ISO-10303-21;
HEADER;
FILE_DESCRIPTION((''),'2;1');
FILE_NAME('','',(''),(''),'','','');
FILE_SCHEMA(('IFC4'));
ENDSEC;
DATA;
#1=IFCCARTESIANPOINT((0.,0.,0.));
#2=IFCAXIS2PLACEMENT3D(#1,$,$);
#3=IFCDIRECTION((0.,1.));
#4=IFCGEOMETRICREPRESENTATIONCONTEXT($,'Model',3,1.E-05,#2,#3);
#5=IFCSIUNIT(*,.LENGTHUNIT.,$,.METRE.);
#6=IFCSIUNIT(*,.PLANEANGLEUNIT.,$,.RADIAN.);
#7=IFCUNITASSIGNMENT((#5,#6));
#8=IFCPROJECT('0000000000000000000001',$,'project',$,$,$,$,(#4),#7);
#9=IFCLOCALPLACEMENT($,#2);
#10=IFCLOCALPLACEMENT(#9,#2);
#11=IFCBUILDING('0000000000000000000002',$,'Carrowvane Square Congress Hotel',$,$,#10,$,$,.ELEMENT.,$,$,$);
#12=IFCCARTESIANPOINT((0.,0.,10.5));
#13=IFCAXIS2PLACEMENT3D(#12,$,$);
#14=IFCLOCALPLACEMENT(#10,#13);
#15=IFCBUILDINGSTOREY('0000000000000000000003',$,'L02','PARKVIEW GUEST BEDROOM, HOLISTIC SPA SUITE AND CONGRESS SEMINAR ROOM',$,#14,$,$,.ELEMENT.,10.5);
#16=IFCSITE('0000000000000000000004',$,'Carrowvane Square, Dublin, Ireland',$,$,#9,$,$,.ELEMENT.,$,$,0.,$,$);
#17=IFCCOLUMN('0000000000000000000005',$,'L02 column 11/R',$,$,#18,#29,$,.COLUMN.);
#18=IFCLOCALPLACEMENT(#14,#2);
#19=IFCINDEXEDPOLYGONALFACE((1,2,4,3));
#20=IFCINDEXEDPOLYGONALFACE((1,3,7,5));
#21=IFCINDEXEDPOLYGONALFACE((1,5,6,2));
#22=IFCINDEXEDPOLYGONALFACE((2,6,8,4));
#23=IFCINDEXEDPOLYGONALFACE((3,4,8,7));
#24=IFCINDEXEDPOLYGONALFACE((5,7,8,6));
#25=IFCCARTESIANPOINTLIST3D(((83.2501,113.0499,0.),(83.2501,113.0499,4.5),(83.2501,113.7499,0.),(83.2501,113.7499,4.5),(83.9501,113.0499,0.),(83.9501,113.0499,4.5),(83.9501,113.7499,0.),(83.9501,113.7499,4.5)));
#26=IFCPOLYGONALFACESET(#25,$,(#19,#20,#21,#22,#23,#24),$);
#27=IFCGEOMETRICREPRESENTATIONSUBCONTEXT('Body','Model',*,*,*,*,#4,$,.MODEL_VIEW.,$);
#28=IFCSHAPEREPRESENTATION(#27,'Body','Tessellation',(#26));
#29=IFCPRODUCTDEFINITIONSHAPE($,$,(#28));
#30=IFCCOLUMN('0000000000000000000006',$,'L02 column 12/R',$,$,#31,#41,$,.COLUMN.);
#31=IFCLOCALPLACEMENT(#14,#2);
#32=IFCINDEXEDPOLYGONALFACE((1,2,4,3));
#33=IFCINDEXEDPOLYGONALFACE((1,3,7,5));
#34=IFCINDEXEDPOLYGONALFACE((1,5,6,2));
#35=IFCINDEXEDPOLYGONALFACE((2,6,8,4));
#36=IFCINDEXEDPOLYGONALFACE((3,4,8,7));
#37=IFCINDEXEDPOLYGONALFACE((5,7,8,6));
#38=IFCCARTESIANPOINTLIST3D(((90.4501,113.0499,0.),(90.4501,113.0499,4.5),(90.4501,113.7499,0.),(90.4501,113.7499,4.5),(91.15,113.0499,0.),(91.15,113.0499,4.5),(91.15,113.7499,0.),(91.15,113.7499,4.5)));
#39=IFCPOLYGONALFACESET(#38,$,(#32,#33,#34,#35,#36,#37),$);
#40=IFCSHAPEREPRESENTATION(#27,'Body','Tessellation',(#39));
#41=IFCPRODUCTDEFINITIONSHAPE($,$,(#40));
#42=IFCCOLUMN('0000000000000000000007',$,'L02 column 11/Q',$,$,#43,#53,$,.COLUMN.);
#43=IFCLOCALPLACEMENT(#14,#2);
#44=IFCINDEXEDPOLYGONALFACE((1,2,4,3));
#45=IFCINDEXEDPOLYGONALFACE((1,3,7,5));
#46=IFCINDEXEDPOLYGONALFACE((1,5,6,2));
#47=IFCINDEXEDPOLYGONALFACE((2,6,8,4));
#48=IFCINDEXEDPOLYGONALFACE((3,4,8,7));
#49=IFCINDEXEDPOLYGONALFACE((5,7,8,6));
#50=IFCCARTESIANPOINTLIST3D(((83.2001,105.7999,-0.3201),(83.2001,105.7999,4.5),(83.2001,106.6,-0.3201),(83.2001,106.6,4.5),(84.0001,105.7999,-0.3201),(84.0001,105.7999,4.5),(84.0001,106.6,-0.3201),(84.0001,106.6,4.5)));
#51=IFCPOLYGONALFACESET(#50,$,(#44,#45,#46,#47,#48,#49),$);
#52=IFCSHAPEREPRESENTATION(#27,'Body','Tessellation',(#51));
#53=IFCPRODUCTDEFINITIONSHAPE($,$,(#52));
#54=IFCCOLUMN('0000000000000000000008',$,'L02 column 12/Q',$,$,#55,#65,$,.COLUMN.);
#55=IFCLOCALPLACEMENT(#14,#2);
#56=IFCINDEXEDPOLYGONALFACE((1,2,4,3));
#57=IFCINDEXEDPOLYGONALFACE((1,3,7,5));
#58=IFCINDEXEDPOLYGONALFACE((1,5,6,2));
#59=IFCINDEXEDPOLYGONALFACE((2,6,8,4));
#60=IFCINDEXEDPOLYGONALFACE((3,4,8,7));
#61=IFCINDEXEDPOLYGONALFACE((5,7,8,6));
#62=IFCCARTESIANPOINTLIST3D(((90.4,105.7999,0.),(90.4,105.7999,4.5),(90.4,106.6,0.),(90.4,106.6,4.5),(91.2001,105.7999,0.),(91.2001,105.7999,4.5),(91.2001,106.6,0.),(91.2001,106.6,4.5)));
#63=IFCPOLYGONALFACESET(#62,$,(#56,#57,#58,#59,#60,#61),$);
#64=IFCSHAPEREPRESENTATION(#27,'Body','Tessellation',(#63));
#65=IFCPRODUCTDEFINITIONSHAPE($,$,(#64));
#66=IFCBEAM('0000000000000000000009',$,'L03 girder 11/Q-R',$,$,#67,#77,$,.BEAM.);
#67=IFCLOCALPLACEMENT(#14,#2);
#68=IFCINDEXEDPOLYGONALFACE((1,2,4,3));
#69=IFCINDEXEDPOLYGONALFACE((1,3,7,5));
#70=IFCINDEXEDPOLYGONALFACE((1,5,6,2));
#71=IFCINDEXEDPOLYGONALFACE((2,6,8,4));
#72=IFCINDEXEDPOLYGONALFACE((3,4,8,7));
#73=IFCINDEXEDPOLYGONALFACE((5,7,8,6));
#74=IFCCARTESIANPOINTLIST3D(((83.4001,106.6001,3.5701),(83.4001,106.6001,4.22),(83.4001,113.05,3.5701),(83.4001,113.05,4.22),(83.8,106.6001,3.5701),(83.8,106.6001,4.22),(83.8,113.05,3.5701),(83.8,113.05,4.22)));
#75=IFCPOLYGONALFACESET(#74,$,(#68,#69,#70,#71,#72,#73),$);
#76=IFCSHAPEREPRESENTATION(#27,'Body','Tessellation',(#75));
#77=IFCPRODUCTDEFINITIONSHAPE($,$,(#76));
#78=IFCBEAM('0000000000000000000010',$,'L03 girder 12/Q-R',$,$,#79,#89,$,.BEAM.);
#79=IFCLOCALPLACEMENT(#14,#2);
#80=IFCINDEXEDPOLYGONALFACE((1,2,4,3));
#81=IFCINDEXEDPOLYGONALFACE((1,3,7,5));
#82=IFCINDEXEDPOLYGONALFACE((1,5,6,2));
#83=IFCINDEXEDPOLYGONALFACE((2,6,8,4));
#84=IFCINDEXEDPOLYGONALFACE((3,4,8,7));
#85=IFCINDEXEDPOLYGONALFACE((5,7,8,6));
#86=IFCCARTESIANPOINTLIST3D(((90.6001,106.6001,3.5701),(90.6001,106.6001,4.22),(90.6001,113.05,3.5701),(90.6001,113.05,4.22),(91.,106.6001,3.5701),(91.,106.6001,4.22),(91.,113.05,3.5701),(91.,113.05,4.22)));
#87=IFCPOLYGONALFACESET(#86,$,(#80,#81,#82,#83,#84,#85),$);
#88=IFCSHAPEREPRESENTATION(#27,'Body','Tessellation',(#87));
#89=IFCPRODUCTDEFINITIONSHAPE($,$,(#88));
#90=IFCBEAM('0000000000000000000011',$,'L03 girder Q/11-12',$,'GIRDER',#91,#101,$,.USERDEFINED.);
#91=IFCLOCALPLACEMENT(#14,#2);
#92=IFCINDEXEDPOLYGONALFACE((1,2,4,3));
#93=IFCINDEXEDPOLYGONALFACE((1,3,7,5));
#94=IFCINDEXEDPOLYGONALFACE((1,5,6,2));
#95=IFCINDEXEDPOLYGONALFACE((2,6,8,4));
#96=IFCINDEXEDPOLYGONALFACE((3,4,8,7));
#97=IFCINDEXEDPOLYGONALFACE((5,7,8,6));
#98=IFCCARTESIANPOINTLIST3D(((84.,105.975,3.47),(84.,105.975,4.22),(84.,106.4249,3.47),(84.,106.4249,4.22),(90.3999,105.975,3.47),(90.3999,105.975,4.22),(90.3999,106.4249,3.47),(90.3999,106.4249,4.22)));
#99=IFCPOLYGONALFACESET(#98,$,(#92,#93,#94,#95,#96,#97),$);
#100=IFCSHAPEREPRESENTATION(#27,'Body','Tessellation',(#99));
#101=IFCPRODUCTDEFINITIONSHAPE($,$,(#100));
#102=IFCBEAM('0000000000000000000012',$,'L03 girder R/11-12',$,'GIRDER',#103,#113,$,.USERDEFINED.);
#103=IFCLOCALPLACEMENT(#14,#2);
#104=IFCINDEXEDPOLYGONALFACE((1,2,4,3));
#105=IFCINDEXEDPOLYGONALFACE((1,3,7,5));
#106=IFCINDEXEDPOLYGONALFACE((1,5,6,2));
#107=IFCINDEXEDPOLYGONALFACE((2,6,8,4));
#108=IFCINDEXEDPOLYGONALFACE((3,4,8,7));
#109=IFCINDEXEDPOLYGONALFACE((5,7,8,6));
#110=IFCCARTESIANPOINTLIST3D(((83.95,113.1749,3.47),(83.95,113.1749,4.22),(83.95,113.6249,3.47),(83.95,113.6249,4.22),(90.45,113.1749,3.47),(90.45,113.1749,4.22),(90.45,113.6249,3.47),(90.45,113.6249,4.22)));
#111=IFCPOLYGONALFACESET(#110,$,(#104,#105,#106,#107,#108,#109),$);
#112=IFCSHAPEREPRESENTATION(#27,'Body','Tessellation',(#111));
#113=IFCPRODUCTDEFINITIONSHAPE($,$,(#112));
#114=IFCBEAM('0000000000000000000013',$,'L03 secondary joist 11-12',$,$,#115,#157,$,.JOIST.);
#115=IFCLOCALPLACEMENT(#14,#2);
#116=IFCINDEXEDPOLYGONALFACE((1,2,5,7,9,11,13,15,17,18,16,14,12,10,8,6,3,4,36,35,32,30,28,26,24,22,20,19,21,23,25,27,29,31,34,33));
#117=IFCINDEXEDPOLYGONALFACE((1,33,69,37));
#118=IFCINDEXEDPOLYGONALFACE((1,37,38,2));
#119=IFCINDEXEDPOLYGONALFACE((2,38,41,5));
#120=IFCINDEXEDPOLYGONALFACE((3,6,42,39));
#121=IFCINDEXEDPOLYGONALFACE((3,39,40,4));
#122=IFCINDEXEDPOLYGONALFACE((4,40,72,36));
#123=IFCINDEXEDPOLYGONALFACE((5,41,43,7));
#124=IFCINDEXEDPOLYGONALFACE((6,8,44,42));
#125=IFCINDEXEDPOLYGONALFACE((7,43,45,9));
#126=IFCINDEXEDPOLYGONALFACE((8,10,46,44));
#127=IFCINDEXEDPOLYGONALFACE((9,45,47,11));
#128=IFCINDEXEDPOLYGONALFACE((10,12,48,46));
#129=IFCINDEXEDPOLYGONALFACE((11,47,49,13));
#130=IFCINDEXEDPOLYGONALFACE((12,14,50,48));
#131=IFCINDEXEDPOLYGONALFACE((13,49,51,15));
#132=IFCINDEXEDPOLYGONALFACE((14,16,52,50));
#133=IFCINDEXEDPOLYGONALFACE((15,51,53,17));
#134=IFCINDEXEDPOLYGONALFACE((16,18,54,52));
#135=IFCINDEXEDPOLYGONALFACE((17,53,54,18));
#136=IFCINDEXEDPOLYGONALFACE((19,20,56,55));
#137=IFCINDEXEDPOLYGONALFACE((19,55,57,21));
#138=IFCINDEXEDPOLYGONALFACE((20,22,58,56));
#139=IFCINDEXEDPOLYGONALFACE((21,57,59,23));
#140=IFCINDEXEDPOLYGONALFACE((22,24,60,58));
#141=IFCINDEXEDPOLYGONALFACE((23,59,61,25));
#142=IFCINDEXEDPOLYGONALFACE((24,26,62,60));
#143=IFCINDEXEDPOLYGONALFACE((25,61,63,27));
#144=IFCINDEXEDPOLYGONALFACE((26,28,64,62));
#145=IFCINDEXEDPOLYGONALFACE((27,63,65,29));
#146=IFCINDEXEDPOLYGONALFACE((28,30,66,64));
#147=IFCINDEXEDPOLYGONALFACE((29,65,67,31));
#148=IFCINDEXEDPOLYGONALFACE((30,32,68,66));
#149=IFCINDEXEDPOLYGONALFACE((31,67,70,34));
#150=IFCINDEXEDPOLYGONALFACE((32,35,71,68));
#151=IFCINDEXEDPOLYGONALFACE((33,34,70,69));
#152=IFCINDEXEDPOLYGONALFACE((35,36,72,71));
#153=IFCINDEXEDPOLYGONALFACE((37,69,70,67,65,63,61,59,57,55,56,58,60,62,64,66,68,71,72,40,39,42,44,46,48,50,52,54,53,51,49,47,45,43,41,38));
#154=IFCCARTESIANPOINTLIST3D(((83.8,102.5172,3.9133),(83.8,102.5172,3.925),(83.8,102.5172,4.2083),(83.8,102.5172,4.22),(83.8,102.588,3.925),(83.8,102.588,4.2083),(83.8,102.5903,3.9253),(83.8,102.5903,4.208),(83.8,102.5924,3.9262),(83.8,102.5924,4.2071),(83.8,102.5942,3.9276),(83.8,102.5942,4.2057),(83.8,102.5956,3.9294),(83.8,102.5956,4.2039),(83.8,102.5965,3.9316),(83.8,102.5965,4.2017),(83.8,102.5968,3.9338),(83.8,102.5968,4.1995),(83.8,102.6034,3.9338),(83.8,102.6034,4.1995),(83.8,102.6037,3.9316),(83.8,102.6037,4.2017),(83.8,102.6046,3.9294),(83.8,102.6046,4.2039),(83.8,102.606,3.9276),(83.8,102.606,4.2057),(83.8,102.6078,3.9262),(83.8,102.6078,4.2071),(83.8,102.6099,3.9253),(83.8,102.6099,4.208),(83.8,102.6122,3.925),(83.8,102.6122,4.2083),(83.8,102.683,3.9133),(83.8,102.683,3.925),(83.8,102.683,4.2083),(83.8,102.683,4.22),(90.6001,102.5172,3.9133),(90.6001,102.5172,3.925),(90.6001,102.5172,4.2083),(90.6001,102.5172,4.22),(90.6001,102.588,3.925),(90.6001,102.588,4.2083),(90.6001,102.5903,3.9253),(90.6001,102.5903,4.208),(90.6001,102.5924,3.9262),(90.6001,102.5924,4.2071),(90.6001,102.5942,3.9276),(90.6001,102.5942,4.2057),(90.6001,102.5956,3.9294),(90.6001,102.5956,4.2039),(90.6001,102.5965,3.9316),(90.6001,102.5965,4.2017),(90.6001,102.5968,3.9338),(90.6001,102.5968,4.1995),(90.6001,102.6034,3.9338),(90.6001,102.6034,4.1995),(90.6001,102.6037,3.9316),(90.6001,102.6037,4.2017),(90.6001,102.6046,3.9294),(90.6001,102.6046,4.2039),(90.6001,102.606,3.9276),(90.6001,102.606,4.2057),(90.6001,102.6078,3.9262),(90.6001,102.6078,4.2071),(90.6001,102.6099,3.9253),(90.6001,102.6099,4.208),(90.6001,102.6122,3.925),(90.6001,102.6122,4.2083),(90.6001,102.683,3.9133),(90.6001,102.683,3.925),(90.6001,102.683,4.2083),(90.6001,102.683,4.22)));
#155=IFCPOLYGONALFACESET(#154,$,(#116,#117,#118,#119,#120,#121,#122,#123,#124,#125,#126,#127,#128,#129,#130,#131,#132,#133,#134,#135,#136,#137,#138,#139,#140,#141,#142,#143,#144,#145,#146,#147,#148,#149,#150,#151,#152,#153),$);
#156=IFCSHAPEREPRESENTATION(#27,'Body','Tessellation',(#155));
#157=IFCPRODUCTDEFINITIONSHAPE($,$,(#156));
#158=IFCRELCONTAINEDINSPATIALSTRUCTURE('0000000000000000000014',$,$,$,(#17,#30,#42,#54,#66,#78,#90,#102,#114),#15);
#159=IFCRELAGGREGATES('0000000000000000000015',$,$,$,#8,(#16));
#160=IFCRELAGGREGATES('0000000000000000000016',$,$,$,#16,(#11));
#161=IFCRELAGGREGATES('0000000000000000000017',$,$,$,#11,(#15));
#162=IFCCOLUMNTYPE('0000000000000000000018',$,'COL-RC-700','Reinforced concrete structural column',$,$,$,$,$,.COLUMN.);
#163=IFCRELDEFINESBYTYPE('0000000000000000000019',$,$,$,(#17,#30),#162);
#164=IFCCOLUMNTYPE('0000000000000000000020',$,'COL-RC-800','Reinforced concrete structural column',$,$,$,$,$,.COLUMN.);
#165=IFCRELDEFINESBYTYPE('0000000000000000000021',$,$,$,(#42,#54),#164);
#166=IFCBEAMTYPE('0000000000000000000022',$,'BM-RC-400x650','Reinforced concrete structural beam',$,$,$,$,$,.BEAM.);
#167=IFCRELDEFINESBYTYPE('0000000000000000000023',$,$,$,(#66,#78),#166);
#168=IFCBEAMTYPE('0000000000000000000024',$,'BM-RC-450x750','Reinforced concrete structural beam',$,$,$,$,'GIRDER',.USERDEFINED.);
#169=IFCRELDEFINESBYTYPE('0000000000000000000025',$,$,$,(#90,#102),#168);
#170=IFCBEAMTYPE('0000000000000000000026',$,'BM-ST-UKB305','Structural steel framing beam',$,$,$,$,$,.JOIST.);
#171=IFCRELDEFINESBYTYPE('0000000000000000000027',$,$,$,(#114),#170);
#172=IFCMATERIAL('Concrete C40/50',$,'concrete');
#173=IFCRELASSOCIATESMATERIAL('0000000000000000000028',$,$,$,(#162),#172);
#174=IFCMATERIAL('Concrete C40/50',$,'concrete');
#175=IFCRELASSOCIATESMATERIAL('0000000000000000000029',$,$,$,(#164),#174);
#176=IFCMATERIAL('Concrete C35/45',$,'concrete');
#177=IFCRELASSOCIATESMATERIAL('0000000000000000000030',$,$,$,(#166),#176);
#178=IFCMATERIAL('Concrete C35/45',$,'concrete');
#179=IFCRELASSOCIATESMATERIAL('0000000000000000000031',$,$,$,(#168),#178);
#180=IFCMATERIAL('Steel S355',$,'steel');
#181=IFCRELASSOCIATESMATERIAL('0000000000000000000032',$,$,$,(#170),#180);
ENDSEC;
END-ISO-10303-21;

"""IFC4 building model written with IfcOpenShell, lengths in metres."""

from ifc_helpers import new_model, si_unit, direction, frame, origin, origin_2d, place, context, subcontext, project, spatial, rectangle, i_section, extrude, material, material_profile, profile_set, type_object, element, save


model = new_model("IFC4")

# Units and contexts
model_context = context("Model", 3, precision=1e-05, world=origin(), true_north=direction((0.0, 1.0)))
body_context = subcontext(model_context, "Body", "Model", "MODEL_VIEW")
ifc_project = project(units=[si_unit("LENGTHUNIT", "METRE"), si_unit("PLANEANGLEUNIT", "RADIAN")], contexts=[model_context])

# Site, building, storey
site_placement = place(None, origin())
site = spatial("IfcSite", under=ifc_project, at=site_placement, Name="Carrowvane Square, Dublin, Ireland", CompositionType="ELEMENT", RefElevation=0.0)
building_placement = place(site_placement, origin())
building = spatial("IfcBuilding", under=site, at=building_placement, Name="Carrowvane Square Congress Hotel", CompositionType="ELEMENT")
storey_placement = place(building_placement, frame((0.0, 0.0, 10.5)))
storey = spatial("IfcBuildingStorey", under=building, at=storey_placement, Name="L02", Description="PARKVIEW GUEST BEDROOM, HOLISTIC SPA SUITE AND CONGRESS SEMINAR ROOM", CompositionType="ELEMENT", Elevation=10.5)

# Columns
ifc_material_1 = material(Name="Concrete C40/50", Category="concrete")
ifc_material_profile_1 = material_profile(ifc_material_1, rectangle(XDim=0.7, YDim=0.7, at=origin_2d()), Name="RC 700x700")
ifc_profile_set_1 = profile_set([ifc_material_profile_1], Name="Concrete C40/50")
column_type_1 = type_object("IfcColumnType", Name="COL-RC-700", Description="Reinforced concrete structural column", PredefinedType="COLUMN", material=ifc_profile_set_1)
for number, where, z_axis, x_axis, name in (
    (1, (83.6001, 113.3999, 0.0), (0.0, 0.0, 1.0), (1.0, 0.0, 0.0), "L02 column 11/R"),
    (2, (90.8, 113.3999, 0.0), (0.0, 0.0, 1.0), (1.0, 0.0, 0.0), "L02 column 12/R"),
):
    element("IfcColumn", number, at=place(storey_placement, frame(where, z_axis=z_axis, x_axis=x_axis)), inside=storey, type_object=column_type_1, Name=name, PredefinedType="COLUMN", context=body_context, shape_type="SweptSolid", body=[
        extrude(rectangle(XDim=0.7, YDim=0.7, at=origin_2d()), origin(), (0.0, 0.0, 1.0), 4.5),
    ])
ifc_material_2 = material(Name="Concrete C40/50", Category="concrete")
ifc_material_profile_2 = material_profile(ifc_material_2, rectangle(XDim=0.8, YDim=0.8, at=origin_2d()), Name="RC 800x800")
ifc_profile_set_2 = profile_set([ifc_material_profile_2], Name="Concrete C40/50")
column_type_2 = type_object("IfcColumnType", Name="COL-RC-800", Description="Reinforced concrete structural column", PredefinedType="COLUMN", material=ifc_profile_set_2)
column_1_placement = place(storey_placement, frame((83.6001, 106.2, -0.3201), z_axis=(0.0, 0.0, 1.0), x_axis=(1.0, 0.0, 0.0)))
element("IfcColumn", 3, at=column_1_placement, inside=storey, type_object=column_type_2, Name="L02 column 11/Q", PredefinedType="COLUMN", context=body_context, shape_type="SweptSolid", body=[
    extrude(rectangle(XDim=0.8, YDim=0.8, at=origin_2d()), origin(), (0.0, 0.0, 1.0), 4.8201),
])
column_2_placement = place(storey_placement, frame((90.8, 106.2, 0.0), z_axis=(0.0, 0.0, 1.0), x_axis=(1.0, 0.0, 0.0)))
element("IfcColumn", 4, at=column_2_placement, inside=storey, type_object=column_type_2, Name="L02 column 12/Q", PredefinedType="COLUMN", context=body_context, shape_type="SweptSolid", body=[
    extrude(rectangle(XDim=0.8, YDim=0.8, at=origin_2d()), origin(), (0.0, 0.0, 1.0), 4.5),
])

# Beams
ifc_material_3 = material(Name="Concrete C35/45", Category="concrete")
ifc_material_profile_3 = material_profile(ifc_material_3, rectangle(XDim=0.3999, YDim=0.6499, at=origin_2d()), Name="RC 400x650")
ifc_profile_set_3 = profile_set([ifc_material_profile_3], Name="Concrete C35/45")
beam_type_1 = type_object("IfcBeamType", Name="BM-RC-400x650", Description="Reinforced concrete structural beam", PredefinedType="BEAM", material=ifc_profile_set_3)
for number, where, z_axis, x_axis, name in (
    (5, (83.6001, 106.6001, 3.895), (0.0, 1.0, 0.0), (-1.0, 0.0, 0.0), "L03 girder 11/Q-R"),
    (6, (90.8, 106.6001, 3.895), (0.0, 1.0, 0.0), (-1.0, 0.0, 0.0), "L03 girder 12/Q-R"),
):
    element("IfcBeam", number, at=place(storey_placement, frame(where, z_axis=z_axis, x_axis=x_axis)), inside=storey, type_object=beam_type_1, Name=name, PredefinedType="BEAM", context=body_context, shape_type="SweptSolid", body=[
        extrude(rectangle(XDim=0.3999, YDim=0.6499, at=origin_2d()), origin(), (0.0, 0.0, 1.0), 6.45),
    ])
ifc_material_4 = material(Name="Concrete C35/45", Category="concrete")
ifc_material_profile_4 = material_profile(ifc_material_4, rectangle(XDim=0.45, YDim=0.75, at=origin_2d()), Name="RC 450x750")
ifc_profile_set_4 = profile_set([ifc_material_profile_4], Name="Concrete C35/45")
beam_type_2 = type_object("IfcBeamType", Name="BM-RC-450x750", Description="Reinforced concrete structural beam", ElementType="GIRDER", PredefinedType="USERDEFINED", material=ifc_profile_set_4)
beam_1_placement = place(storey_placement, frame((84.0, 106.2, 3.845), z_axis=(1.0, 0.0, 0.0), x_axis=(0.0, 1.0, 0.0)))
element("IfcBeam", 7, at=beam_1_placement, inside=storey, type_object=beam_type_2, Name="L03 girder Q/11-12", ObjectType="GIRDER", PredefinedType="USERDEFINED", context=body_context, shape_type="SweptSolid", body=[
    extrude(rectangle(XDim=0.45, YDim=0.75, at=origin_2d()), origin(), (0.0, 0.0, 1.0), 6.3999),
])
beam_2_placement = place(storey_placement, frame((83.95, 113.3999, 3.845), z_axis=(1.0, 0.0, 0.0), x_axis=(0.0, 1.0, 0.0)))
element("IfcBeam", 8, at=beam_2_placement, inside=storey, type_object=beam_type_2, Name="L03 girder R/11-12", ObjectType="GIRDER", PredefinedType="USERDEFINED", context=body_context, shape_type="SweptSolid", body=[
    extrude(rectangle(XDim=0.45, YDim=0.75, at=origin_2d()), origin(), (0.0, 0.0, 1.0), 6.5),
])
ifc_material_5 = material(Name="Steel S355", Category="steel")
ifc_material_profile_5 = material_profile(ifc_material_5, i_section(OverallWidth=0.1658, OverallDepth=0.3066, WebThickness=0.0066, FlangeThickness=0.0117, FilletRadius=0.0088, at=origin_2d()), Name="UKB 305x165x46")
ifc_profile_set_5 = profile_set([ifc_material_profile_5], Name="Steel S355")
beam_type_3 = type_object("IfcBeamType", Name="BM-ST-UKB305", Description="Structural steel framing beam", PredefinedType="JOIST", material=ifc_profile_set_5)
for number, where, z_axis, x_axis, name in (
    (9, (83.8, 102.6001, 4.0667), (1.0, 0.0, 0.0), (0.0, 1.0, 0.0), "L03 secondary joist 11-12"),
):
    element("IfcBeam", number, at=place(storey_placement, frame(where, z_axis=z_axis, x_axis=x_axis)), inside=storey, type_object=beam_type_3, Name=name, PredefinedType="JOIST", context=body_context, shape_type="SweptSolid", body=[
        extrude(i_section(OverallWidth=0.1658, OverallDepth=0.3066, WebThickness=0.0066, FlangeThickness=0.0117, FilletRadius=0.0088, at=origin_2d()), origin(), (0.0, 0.0, 1.0), 6.8),
    ])

save(model, "model.ifc")
